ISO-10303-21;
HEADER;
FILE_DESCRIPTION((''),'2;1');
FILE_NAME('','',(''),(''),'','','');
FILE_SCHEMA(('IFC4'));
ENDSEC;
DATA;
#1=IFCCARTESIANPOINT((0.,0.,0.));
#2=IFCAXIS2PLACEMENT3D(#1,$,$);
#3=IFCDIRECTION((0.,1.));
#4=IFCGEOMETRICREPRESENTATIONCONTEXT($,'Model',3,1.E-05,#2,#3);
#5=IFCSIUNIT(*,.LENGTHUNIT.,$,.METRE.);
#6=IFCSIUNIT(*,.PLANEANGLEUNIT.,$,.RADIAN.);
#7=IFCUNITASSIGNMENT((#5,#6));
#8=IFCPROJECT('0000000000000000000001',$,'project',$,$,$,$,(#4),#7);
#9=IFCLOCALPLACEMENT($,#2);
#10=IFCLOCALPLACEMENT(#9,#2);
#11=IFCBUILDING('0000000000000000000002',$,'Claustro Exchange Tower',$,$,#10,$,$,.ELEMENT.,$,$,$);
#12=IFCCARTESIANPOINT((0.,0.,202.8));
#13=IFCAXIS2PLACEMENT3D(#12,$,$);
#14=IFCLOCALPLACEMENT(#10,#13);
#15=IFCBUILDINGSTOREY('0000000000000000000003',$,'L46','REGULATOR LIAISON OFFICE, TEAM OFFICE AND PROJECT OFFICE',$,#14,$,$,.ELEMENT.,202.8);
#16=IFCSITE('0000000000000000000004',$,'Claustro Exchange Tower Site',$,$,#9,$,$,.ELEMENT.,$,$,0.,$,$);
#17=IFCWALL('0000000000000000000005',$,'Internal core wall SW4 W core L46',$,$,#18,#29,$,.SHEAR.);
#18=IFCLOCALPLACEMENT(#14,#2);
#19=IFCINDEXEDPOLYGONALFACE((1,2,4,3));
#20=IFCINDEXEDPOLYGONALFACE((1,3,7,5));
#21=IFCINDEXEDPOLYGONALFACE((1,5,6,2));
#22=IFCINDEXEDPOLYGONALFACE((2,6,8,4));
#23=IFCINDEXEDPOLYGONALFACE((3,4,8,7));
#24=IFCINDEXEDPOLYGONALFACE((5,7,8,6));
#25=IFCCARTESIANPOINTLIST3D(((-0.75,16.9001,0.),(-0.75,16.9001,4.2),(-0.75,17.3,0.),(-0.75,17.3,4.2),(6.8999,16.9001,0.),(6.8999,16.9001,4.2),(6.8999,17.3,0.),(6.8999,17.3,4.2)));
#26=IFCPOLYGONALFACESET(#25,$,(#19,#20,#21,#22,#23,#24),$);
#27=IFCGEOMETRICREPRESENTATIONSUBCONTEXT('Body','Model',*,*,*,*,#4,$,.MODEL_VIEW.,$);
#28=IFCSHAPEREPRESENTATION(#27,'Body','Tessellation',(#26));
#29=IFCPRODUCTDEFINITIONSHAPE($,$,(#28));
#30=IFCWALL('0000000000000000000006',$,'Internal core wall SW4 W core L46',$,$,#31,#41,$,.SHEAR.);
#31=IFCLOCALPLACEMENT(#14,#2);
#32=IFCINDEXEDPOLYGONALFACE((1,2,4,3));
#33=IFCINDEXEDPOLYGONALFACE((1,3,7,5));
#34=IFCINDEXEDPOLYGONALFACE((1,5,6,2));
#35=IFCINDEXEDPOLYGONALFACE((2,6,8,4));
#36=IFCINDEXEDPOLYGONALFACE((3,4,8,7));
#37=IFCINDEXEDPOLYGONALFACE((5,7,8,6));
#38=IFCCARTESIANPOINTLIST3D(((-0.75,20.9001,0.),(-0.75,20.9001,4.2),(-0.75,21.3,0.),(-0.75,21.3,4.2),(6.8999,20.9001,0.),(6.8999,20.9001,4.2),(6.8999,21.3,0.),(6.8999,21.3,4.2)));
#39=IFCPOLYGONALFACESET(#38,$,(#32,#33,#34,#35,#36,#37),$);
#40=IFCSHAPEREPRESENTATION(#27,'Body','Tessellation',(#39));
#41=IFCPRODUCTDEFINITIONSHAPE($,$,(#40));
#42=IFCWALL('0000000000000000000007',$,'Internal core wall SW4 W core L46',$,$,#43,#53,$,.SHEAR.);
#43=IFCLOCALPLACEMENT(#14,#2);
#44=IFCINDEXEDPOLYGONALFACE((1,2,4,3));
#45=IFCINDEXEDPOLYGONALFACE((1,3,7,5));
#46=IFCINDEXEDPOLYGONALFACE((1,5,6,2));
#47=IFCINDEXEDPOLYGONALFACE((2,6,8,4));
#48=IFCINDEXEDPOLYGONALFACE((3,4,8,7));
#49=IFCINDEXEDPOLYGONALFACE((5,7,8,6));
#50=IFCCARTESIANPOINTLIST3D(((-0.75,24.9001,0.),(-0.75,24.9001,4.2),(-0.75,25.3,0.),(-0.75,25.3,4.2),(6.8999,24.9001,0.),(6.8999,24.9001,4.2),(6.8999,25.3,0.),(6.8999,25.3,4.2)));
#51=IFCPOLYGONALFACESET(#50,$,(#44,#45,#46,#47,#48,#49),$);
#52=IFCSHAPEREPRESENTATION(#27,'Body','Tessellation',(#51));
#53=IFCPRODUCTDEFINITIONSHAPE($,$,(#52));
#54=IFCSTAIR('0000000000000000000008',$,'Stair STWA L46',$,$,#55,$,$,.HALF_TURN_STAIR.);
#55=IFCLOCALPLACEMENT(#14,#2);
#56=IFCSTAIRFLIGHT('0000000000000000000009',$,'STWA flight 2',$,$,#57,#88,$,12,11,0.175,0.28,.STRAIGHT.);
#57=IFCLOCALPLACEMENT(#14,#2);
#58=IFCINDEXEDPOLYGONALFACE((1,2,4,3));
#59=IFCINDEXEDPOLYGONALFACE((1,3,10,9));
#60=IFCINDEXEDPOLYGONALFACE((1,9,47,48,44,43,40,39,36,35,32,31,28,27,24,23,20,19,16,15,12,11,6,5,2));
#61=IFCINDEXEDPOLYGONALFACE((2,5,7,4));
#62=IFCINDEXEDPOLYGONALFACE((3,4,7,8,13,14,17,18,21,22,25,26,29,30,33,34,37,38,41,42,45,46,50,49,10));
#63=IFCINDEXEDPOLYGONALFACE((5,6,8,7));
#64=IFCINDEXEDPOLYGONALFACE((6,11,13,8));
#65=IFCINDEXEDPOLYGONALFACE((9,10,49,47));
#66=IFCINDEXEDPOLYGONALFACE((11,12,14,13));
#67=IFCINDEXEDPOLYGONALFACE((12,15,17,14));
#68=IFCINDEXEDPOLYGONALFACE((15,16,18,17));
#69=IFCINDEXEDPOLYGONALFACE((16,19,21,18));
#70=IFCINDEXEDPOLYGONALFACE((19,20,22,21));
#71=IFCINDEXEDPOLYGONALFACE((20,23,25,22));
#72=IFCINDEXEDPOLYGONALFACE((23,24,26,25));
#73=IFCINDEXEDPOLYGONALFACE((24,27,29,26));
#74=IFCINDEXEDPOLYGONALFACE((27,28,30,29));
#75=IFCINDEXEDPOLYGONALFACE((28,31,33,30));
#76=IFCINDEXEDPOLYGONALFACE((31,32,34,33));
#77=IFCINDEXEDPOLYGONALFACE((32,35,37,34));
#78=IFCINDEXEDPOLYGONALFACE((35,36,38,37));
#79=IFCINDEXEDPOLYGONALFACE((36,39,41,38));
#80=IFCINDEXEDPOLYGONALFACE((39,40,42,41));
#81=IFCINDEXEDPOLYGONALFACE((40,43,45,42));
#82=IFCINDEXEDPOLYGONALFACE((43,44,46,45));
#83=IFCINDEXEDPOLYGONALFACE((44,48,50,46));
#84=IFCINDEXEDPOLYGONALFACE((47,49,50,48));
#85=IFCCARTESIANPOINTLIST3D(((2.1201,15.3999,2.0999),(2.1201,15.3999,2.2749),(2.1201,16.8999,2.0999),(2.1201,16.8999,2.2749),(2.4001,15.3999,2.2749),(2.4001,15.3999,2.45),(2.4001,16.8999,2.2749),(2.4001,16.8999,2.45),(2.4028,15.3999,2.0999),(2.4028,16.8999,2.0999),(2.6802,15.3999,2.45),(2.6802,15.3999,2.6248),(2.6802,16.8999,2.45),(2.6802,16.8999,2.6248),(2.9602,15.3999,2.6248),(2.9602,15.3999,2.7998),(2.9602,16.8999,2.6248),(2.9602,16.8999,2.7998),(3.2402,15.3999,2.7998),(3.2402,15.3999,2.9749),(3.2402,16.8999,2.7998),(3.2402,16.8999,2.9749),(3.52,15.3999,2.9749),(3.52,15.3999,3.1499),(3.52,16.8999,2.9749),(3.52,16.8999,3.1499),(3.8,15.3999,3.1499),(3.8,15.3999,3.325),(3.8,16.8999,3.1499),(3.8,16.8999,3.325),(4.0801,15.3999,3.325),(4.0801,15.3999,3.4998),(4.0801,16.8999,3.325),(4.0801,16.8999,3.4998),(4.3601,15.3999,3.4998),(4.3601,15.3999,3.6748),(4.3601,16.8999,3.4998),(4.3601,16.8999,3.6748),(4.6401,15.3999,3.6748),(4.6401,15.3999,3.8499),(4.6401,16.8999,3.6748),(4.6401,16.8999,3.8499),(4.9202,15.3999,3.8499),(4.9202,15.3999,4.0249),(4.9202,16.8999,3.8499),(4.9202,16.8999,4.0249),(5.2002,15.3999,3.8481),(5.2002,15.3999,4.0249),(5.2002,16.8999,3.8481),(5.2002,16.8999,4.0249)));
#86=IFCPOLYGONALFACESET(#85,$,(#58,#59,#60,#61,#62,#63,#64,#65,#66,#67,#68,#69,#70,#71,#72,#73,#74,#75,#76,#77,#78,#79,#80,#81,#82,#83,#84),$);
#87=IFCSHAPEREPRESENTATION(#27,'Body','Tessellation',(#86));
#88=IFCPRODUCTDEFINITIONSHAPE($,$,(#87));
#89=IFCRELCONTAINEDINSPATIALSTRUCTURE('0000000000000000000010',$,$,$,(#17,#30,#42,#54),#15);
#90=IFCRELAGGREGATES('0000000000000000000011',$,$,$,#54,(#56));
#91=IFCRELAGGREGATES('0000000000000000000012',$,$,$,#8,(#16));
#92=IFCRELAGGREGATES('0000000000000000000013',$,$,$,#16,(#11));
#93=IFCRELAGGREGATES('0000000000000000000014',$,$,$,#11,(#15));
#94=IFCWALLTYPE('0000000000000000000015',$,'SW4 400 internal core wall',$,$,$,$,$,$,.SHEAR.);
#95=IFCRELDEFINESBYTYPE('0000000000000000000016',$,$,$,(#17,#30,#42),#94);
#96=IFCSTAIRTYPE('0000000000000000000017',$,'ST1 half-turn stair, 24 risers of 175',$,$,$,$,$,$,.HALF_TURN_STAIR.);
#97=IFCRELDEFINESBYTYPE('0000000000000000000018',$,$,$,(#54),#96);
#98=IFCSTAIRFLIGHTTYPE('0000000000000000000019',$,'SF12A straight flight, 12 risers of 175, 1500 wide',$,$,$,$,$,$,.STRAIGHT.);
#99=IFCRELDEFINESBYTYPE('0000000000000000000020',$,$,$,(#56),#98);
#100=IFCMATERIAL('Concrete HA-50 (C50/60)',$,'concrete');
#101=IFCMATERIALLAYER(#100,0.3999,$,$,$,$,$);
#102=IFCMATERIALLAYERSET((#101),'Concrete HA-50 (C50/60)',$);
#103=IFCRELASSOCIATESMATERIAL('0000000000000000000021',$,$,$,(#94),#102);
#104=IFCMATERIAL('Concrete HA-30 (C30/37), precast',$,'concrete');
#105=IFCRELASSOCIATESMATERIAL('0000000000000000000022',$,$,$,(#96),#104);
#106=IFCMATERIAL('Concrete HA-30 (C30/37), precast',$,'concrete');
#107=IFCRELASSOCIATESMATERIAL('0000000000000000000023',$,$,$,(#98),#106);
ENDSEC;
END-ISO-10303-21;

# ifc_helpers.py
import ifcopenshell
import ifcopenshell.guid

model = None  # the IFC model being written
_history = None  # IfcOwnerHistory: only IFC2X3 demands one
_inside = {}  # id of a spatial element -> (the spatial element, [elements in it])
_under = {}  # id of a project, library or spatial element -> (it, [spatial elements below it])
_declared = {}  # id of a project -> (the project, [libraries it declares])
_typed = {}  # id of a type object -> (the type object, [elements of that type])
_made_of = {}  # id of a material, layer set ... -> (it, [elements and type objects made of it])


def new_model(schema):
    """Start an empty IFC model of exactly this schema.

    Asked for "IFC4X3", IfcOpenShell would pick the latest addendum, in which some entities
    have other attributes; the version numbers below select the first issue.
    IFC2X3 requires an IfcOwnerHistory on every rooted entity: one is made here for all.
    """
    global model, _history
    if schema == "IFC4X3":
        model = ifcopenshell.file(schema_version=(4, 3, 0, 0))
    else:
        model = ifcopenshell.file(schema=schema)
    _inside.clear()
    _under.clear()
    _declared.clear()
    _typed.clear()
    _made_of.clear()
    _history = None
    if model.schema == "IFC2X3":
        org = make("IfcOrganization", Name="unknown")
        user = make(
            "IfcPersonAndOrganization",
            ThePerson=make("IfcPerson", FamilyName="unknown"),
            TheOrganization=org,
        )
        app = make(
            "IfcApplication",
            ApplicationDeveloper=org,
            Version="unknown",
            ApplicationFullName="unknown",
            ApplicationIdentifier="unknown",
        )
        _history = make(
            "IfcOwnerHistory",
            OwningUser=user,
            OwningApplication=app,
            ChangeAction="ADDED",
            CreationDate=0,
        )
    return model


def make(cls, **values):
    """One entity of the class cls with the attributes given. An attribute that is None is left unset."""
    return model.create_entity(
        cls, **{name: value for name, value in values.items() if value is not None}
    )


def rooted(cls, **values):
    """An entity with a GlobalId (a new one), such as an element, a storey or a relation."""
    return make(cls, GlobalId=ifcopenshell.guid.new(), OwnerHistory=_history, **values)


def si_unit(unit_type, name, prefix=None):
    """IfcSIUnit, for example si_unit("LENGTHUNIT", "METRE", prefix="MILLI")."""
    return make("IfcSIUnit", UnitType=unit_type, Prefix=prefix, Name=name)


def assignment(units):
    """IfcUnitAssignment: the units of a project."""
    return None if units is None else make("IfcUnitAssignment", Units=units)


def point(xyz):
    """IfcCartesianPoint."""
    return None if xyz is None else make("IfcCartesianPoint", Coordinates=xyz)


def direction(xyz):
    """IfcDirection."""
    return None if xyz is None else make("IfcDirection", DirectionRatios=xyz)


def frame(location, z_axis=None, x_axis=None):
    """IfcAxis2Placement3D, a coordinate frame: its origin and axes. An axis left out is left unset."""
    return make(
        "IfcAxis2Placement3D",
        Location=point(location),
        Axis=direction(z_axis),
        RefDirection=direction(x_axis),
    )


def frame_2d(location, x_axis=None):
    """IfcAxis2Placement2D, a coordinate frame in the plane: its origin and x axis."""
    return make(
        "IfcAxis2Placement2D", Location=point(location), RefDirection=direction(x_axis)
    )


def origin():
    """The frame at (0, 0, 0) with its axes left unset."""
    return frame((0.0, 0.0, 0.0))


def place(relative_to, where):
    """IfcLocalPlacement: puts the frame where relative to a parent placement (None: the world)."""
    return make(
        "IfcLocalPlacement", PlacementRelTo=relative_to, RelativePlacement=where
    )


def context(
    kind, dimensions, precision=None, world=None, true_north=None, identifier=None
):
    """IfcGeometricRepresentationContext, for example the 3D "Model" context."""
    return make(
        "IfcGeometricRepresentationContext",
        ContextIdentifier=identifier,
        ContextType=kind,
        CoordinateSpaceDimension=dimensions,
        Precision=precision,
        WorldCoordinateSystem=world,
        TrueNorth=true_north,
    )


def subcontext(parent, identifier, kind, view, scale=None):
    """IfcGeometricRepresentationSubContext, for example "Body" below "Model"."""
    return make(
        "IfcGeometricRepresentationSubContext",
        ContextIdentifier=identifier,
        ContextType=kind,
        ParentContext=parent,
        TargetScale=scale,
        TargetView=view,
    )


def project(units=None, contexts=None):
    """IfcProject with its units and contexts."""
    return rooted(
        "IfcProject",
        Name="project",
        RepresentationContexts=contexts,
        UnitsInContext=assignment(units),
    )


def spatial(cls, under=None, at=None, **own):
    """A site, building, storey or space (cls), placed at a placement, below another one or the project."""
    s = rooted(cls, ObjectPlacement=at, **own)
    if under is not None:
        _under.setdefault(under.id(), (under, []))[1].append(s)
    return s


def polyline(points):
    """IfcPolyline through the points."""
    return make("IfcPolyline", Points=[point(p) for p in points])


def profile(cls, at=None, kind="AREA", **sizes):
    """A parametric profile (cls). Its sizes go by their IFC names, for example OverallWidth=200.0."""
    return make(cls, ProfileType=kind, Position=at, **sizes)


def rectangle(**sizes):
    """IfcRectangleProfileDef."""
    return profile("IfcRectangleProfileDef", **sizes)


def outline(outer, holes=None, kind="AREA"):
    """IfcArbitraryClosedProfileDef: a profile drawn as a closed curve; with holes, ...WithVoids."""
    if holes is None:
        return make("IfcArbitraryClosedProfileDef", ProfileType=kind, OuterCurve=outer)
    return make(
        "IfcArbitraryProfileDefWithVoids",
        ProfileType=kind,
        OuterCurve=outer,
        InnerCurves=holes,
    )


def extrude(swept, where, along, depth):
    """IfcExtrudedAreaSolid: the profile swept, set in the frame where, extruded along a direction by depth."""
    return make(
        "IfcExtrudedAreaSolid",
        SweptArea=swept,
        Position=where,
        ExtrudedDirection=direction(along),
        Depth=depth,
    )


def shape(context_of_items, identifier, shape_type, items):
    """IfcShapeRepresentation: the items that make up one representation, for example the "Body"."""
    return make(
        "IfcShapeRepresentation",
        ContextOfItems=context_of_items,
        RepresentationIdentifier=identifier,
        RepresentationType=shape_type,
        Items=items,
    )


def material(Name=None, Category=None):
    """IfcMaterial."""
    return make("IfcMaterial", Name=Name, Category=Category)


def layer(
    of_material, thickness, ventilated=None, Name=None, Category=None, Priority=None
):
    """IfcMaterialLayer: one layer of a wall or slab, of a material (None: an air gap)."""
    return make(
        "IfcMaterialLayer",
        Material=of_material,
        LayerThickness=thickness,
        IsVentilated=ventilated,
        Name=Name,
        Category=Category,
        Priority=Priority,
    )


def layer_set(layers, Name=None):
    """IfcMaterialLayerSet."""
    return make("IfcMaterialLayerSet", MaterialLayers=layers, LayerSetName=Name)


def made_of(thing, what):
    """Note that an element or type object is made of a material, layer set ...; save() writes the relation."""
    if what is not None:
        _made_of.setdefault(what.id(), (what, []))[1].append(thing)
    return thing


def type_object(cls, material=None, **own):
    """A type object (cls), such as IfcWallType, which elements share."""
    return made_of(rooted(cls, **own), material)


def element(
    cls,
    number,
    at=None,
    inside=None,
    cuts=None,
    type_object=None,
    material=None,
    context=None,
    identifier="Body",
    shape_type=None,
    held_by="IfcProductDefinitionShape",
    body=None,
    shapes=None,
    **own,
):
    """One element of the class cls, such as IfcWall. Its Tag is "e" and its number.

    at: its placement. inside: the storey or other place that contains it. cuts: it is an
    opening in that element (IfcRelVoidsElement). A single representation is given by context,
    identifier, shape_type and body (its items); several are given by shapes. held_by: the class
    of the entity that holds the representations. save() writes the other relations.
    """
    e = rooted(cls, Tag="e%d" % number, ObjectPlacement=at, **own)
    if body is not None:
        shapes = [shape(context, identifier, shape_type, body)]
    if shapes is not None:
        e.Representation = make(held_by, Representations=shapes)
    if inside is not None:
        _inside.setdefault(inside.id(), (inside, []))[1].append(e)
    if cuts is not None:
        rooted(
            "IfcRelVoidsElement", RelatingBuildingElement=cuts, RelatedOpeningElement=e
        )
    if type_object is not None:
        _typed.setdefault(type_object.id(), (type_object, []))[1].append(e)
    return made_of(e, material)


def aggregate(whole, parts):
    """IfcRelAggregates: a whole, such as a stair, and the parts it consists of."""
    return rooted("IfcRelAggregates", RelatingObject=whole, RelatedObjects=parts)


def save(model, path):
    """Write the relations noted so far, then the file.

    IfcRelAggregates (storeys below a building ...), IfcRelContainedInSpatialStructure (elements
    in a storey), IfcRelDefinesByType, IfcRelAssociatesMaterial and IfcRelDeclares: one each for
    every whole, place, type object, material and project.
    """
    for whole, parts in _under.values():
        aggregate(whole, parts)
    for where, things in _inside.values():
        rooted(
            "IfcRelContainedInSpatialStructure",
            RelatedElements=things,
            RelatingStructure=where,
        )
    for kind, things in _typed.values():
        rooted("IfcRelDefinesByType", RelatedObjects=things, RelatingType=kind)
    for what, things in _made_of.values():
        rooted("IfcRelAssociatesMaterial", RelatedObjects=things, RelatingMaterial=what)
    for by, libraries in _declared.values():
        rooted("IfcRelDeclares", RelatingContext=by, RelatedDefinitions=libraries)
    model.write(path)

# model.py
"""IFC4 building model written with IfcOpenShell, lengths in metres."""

from ifc_helpers import new_model, si_unit, direction, frame, frame_2d, origin, place, context, subcontext, project, spatial, polyline, rectangle, outline, extrude, material, layer, layer_set, type_object, element, aggregate, save


model = new_model("IFC4")

# Units and contexts
model_context = context("Model", 3, precision=1e-05, world=origin(), true_north=direction((0.0, 1.0)))
body_context = subcontext(model_context, "Body", "Model", "MODEL_VIEW")
ifc_project = project(units=[si_unit("LENGTHUNIT", "METRE"), si_unit("PLANEANGLEUNIT", "RADIAN")], contexts=[model_context])

# Site, building, storey
site_placement = place(None, origin())
site = spatial("IfcSite", under=ifc_project, at=site_placement, Name="Claustro Exchange Tower Site", CompositionType="ELEMENT", RefElevation=0.0)
building_placement = place(site_placement, origin())
building = spatial("IfcBuilding", under=site, at=building_placement, Name="Claustro Exchange Tower", CompositionType="ELEMENT")
storey_placement = place(building_placement, frame((0.0, 0.0, 202.8)))
storey = spatial("IfcBuildingStorey", under=building, at=storey_placement, Name="L46", Description="REGULATOR LIAISON OFFICE, TEAM OFFICE AND PROJECT OFFICE", CompositionType="ELEMENT", Elevation=202.8)

# Walls
ifc_material_1 = material(Name="Concrete HA-50 (C50/60)", Category="concrete")
ifc_layer_1 = layer(ifc_material_1, 0.3999)
ifc_layer_set_1 = layer_set([ifc_layer_1], Name="Concrete HA-50 (C50/60)")
wall_type_1 = type_object("IfcWallType", Name="SW4 400 internal core wall", PredefinedType="SHEAR", material=ifc_layer_set_1)
for number, where, z_axis, x_axis, name in (
    (1, (-0.75, 17.1001, 0.0), (0.0, 0.0, 1.0), (1.0, 0.0, 0.0), "Internal core wall SW4 W core L46"),
    (2, (-0.75, 21.1001, 0.0), (0.0, 0.0, 1.0), (1.0, 0.0, 0.0), "Internal core wall SW4 W core L46"),
    (3, (-0.75, 25.1001, 0.0), (0.0, 0.0, 1.0), (1.0, 0.0, 0.0), "Internal core wall SW4 W core L46"),
):
    element("IfcWall", number, at=place(storey_placement, frame(where, z_axis=z_axis, x_axis=x_axis)), inside=storey, type_object=wall_type_1, Name=name, PredefinedType="SHEAR", context=body_context, shape_type="SweptSolid", body=[
        extrude(rectangle(XDim=7.6499, YDim=0.3999, at=frame_2d((3.825, 0.0))), origin(), (0.0, 0.0, 1.0), 4.2),
    ])

# Stair, stair flight
ifc_material_2 = material(Name="Concrete HA-30 (C30/37), precast", Category="concrete")
stair_type = type_object("IfcStairType", Name="ST1 half-turn stair, 24 risers of 175", PredefinedType="HALF_TURN_STAIR", material=ifc_material_2)
stair_placement = place(storey_placement, origin())
stair = element("IfcStair", 4, at=stair_placement, inside=storey, type_object=stair_type, Name="Stair STWA L46", PredefinedType="HALF_TURN_STAIR")
ifc_material_3 = material(Name="Concrete HA-30 (C30/37), precast", Category="concrete")
stair_flight_type = type_object("IfcStairFlightType", Name="SF12A straight flight, 12 risers of 175, 1500 wide", PredefinedType="STRAIGHT", material=ifc_material_3)
stair_flight_placement = place(storey_placement, frame((2.1201, 16.1499, 2.0999), z_axis=(0.0, 0.0, 1.0), x_axis=(1.0, 0.0, 0.0)))
stair_flight = element("IfcStairFlight", 5, at=stair_flight_placement, type_object=stair_flight_type, Name="STWA flight 2", NumberOfRisers=12, NumberOfTreads=11, PredefinedType="STRAIGHT", RiserHeight=0.175, TreadLength=0.28, context=body_context, shape_type="SweptSolid", body=[
    extrude(outline(polyline([(0.0, 0.0), (0.0, 0.175), (0.28, 0.175), (0.28, 0.3501), (0.5601, 0.3501), (0.5601, 0.5249), (0.8401, 0.5249), (0.8401, 0.7), (1.1201, 0.7), (1.1201, 0.875), (1.3999, 0.875), (1.3999, 1.05), (1.6799, 1.05), (1.6799, 1.2251), (1.96, 1.2251), (1.96, 1.3999), (2.24, 1.3999), (2.24, 1.575), (2.52, 1.575), (2.52, 1.75), (2.8, 1.75), (2.8, 1.925), (3.0801, 1.925), (3.0801, 2.1001), (3.0801, 1.7483), (0.2827, 0.0), (0.0, 0.0)])), frame((0.0, 0.75, 0.0), z_axis=(0.0, -1.0, 0.0), x_axis=(1.0, 0.0, 0.0)), (0.0, 0.0, 1.0), 1.5),
])
aggregate(stair, [stair_flight])

save(model, "model.ifc")
